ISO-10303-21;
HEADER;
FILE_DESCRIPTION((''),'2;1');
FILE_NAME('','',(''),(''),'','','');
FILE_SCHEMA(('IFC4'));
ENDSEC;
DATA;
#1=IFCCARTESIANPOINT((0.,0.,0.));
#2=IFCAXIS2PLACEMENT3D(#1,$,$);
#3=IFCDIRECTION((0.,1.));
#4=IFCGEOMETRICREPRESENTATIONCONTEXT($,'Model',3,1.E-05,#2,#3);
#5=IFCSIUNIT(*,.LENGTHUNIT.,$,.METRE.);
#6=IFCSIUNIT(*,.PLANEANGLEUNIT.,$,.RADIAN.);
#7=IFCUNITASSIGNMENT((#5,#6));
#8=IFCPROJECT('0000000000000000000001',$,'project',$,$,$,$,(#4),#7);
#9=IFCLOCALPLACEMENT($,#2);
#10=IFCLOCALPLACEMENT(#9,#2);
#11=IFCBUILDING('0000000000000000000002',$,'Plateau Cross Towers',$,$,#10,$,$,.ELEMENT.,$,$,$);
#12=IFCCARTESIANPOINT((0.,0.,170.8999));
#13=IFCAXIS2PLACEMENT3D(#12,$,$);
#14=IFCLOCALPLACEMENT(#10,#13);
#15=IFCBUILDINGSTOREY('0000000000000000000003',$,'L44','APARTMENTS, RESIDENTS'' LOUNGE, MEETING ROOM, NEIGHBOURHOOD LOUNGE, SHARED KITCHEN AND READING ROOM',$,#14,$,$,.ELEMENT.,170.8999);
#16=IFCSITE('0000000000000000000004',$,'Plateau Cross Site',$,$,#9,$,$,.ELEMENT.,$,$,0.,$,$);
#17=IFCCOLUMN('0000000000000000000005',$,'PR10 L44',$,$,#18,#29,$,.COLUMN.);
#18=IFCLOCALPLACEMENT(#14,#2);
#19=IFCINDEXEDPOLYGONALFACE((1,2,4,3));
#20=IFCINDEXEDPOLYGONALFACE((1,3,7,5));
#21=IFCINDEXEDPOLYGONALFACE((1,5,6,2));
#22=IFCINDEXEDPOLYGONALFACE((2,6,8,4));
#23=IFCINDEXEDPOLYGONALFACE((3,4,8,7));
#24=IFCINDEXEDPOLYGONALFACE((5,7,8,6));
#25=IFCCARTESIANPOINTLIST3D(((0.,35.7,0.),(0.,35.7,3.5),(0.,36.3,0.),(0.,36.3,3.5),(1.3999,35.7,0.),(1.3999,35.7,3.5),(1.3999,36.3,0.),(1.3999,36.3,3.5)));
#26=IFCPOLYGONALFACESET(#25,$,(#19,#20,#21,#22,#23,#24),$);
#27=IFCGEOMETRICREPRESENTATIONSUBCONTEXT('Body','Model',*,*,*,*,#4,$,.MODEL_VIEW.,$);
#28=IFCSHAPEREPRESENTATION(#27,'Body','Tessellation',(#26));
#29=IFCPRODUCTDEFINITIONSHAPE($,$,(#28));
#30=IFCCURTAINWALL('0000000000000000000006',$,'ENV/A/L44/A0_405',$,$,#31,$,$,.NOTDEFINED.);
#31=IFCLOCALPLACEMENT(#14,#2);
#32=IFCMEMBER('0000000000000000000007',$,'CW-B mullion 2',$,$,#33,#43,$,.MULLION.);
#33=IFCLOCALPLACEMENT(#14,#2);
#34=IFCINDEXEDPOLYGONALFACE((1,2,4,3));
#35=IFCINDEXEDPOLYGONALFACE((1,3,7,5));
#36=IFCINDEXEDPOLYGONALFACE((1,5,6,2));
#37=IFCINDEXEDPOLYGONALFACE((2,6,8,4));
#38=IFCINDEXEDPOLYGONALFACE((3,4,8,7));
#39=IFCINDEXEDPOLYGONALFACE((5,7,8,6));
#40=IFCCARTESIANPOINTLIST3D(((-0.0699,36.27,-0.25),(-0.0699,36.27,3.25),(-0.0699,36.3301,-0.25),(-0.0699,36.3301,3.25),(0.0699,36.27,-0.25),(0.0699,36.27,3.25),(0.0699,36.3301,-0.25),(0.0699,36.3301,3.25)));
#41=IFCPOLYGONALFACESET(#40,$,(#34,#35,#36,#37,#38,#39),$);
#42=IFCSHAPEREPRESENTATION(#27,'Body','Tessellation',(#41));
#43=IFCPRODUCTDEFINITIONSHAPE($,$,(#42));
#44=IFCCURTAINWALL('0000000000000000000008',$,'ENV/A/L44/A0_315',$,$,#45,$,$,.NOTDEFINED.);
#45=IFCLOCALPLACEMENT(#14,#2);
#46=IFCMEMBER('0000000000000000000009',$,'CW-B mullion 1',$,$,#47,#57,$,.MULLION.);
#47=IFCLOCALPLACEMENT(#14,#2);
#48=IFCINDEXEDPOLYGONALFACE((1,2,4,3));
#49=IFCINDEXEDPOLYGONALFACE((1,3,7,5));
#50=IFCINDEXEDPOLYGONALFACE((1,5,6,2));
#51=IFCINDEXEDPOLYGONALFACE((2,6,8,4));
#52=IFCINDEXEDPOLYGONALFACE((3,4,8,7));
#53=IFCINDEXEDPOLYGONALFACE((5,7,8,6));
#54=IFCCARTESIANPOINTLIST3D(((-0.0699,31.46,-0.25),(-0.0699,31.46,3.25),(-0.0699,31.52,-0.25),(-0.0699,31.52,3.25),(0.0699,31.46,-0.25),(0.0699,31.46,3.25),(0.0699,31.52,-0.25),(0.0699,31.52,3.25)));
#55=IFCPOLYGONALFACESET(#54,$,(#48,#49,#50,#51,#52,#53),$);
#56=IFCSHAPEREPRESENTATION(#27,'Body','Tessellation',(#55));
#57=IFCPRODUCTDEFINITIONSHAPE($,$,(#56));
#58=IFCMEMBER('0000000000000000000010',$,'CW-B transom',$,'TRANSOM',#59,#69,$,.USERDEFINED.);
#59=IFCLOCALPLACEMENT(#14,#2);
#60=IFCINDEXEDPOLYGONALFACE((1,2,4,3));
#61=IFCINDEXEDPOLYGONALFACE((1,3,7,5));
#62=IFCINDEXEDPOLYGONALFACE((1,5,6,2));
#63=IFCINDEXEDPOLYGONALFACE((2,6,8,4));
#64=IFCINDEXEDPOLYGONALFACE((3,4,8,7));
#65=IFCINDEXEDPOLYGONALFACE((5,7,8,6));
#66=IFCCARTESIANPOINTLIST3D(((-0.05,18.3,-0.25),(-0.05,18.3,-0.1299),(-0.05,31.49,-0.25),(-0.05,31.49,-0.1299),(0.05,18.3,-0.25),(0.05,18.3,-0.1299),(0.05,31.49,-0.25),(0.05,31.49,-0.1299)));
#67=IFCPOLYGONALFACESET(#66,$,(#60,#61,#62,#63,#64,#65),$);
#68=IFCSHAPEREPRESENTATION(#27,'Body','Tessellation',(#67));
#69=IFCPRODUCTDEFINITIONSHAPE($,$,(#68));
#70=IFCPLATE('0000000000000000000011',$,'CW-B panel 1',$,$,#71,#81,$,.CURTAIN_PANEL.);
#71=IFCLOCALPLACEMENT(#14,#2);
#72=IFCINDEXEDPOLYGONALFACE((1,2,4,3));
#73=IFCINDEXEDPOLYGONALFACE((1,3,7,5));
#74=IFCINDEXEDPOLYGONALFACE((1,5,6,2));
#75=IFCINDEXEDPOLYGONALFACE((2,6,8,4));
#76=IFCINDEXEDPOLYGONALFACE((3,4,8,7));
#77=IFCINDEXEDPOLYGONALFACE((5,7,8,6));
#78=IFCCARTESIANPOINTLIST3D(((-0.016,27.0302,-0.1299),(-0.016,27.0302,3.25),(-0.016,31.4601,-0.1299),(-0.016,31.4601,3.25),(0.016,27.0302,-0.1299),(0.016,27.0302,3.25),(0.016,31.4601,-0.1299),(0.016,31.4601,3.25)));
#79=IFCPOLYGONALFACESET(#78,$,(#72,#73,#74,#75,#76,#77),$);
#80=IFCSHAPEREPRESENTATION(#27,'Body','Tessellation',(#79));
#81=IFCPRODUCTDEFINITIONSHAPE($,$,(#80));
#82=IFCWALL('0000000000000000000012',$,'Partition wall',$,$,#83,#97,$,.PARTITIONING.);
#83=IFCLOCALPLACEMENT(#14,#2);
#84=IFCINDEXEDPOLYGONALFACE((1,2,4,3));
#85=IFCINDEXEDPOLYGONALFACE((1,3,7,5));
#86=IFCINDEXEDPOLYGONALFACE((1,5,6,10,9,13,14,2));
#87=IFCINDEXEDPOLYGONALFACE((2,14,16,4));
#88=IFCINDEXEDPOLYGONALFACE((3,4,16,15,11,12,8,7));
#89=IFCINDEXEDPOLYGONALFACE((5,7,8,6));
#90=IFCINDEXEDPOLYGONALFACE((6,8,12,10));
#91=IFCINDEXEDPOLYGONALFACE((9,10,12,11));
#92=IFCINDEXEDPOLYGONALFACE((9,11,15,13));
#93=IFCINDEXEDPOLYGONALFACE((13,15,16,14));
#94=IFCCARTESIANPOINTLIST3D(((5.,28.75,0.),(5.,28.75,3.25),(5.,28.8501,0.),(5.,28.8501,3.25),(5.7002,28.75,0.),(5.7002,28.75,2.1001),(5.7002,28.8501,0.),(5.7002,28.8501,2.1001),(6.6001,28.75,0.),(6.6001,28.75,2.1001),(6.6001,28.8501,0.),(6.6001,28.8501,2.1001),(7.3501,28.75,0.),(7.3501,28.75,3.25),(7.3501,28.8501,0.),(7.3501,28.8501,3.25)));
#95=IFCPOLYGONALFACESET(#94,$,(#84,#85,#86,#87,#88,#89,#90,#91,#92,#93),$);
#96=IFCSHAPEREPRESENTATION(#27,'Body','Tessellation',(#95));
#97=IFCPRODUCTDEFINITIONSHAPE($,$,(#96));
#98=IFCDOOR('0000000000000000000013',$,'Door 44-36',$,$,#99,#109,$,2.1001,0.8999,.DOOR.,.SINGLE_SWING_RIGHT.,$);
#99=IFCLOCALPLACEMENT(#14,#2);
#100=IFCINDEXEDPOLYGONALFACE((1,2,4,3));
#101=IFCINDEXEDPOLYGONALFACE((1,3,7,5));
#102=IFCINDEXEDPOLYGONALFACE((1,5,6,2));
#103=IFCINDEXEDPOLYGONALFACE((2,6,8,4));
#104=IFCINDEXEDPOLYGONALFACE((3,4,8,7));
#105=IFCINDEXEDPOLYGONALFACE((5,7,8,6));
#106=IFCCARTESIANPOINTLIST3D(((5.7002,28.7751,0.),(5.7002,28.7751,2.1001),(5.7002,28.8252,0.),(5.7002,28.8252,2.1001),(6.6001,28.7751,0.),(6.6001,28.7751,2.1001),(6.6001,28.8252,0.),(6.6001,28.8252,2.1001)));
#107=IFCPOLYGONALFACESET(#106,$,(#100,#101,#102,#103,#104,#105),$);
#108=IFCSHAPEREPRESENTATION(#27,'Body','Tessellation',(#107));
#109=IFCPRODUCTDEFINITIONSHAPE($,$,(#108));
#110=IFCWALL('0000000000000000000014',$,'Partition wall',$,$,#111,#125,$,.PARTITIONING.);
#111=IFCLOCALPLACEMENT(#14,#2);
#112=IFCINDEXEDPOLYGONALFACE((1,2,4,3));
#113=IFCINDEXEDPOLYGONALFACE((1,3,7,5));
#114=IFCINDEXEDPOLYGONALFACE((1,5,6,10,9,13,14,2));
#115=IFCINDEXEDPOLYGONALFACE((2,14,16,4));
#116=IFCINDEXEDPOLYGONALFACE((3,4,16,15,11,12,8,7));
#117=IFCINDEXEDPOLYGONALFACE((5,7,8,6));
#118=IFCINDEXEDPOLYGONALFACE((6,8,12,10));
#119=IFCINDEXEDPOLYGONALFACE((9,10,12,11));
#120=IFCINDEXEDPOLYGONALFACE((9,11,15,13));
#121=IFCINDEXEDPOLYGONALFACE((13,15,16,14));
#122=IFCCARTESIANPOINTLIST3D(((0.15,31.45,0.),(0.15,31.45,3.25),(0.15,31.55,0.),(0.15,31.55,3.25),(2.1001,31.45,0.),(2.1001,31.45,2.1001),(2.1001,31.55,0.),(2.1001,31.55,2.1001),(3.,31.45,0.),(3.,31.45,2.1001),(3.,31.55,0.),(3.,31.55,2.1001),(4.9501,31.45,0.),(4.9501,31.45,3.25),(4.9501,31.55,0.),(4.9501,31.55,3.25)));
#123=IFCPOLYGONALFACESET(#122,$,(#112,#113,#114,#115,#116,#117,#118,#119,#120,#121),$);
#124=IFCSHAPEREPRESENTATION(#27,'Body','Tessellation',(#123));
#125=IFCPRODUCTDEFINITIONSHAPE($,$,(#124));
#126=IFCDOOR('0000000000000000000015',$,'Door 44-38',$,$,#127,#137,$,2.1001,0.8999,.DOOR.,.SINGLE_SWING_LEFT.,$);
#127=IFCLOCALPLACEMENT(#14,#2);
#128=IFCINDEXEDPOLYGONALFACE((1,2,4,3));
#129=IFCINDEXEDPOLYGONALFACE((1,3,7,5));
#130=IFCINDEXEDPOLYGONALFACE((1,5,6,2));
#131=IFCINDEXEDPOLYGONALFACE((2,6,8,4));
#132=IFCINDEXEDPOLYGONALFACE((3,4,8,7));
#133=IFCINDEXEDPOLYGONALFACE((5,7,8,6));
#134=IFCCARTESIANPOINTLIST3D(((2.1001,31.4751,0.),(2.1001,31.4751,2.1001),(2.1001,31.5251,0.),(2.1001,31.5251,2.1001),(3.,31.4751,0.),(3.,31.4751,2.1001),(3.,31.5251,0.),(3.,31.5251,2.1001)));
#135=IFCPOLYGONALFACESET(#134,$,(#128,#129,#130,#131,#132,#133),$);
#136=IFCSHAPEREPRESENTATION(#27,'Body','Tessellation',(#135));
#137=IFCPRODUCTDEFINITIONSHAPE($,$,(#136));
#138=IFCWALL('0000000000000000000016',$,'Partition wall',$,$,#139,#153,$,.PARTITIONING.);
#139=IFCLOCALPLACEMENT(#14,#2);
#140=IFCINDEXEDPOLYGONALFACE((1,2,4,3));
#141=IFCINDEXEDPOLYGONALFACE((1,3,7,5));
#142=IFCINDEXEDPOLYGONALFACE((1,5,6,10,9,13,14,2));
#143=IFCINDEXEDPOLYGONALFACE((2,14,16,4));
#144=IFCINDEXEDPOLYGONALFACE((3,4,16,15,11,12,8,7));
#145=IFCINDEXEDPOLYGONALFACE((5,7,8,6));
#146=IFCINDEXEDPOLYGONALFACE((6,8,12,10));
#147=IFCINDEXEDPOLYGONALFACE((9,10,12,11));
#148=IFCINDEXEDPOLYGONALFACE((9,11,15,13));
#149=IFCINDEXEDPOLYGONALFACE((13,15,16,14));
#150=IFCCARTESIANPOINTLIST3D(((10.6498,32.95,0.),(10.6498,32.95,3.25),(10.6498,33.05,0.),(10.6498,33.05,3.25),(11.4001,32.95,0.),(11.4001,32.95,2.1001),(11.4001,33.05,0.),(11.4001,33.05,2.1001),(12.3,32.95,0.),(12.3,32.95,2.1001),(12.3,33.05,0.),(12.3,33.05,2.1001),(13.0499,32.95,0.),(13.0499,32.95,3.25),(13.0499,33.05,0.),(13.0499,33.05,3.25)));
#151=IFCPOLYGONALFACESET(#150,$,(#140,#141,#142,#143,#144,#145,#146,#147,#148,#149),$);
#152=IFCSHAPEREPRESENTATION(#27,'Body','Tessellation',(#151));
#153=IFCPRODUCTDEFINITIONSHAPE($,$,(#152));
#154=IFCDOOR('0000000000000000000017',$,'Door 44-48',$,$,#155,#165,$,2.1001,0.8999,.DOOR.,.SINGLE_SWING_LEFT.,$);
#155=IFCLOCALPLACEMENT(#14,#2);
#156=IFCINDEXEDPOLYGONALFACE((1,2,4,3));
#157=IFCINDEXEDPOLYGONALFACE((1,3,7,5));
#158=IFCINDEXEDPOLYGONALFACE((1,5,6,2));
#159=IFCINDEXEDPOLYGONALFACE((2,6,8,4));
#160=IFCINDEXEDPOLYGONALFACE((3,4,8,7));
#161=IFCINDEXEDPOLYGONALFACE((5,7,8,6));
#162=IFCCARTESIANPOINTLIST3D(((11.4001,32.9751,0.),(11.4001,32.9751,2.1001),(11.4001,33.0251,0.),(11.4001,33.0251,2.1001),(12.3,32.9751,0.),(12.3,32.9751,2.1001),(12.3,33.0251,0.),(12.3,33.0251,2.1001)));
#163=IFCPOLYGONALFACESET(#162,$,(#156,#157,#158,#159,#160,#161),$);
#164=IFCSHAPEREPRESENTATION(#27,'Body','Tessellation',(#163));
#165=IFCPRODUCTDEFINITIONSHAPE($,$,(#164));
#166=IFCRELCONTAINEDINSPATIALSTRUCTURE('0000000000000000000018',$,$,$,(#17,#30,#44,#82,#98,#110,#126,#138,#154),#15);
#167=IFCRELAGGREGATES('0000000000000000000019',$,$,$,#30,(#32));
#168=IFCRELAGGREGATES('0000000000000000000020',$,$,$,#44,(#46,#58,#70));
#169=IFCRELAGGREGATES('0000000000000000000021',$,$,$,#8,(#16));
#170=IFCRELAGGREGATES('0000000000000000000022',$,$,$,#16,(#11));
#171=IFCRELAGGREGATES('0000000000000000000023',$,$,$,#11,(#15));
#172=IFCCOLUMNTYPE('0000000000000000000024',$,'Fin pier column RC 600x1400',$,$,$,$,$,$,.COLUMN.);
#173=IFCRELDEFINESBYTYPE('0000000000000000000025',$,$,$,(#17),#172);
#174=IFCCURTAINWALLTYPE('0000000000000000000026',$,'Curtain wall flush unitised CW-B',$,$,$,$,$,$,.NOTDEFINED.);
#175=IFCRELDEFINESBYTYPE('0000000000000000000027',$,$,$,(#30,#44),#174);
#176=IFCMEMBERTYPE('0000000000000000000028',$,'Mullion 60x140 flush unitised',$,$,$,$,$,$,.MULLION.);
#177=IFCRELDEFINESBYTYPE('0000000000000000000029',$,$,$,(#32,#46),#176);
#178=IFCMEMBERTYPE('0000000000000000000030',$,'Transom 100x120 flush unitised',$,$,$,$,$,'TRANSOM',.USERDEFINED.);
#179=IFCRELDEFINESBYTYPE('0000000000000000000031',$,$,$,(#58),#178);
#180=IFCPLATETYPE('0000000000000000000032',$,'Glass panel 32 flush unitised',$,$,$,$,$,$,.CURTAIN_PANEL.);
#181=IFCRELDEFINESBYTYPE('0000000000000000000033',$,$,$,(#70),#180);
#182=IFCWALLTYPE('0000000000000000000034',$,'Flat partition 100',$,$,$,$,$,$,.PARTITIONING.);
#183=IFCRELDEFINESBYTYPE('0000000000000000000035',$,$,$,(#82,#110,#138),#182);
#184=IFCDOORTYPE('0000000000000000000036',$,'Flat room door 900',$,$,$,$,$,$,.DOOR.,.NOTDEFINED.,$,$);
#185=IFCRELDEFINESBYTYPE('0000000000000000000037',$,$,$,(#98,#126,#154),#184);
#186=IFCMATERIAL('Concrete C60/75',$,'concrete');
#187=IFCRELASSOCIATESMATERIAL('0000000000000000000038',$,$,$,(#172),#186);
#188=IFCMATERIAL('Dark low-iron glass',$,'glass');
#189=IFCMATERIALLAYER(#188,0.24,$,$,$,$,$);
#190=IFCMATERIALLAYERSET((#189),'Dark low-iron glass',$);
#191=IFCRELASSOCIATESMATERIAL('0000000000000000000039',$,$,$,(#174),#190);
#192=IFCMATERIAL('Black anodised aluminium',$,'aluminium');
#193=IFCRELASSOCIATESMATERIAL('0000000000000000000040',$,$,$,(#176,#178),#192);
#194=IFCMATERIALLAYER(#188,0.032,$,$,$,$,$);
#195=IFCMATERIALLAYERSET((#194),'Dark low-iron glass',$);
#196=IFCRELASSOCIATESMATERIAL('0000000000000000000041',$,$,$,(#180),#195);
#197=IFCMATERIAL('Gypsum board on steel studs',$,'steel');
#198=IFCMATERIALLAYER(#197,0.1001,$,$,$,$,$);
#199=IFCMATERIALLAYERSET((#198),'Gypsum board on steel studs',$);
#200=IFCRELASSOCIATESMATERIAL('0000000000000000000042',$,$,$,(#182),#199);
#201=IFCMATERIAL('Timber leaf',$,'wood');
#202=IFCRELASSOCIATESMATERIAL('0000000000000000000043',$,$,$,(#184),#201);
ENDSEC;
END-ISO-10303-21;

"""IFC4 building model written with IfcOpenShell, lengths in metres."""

from ifc_helpers import new_model, si_unit, direction, frame, frame_2d, origin, origin_2d, place, context, subcontext, project, spatial, rectangle, extrude, material, layer, layer_set, material_profile, profile_set, type_object, element, fill, aggregate, save


model = new_model("IFC4")

# Units and contexts
model_context = context("Model", 3, precision=1e-05, world=origin(), true_north=direction((0.0, 1.0)))
body_context = subcontext(model_context, "Body", "Model", "MODEL_VIEW")
ifc_project = project(units=[si_unit("LENGTHUNIT", "METRE"), si_unit("PLANEANGLEUNIT", "RADIAN")], contexts=[model_context])

# Site, building, storey
site_placement = place(None, origin())
site = spatial("IfcSite", under=ifc_project, at=site_placement, Name="Plateau Cross Site", CompositionType="ELEMENT", RefElevation=0.0)
building_placement = place(site_placement, origin())
building = spatial("IfcBuilding", under=site, at=building_placement, Name="Plateau Cross Towers", CompositionType="ELEMENT")
storey_placement = place(building_placement, frame((0.0, 0.0, 170.8999)))
storey = spatial("IfcBuildingStorey", under=building, at=storey_placement, Name="L44", Description="APARTMENTS, RESIDENTS' LOUNGE, MEETING ROOM, NEIGHBOURHOOD LOUNGE, SHARED KITCHEN AND READING ROOM", CompositionType="ELEMENT", Elevation=170.8999)

# Column
ifc_material_1 = material(Name="Concrete C60/75", Category="concrete")
ifc_material_profile_1 = material_profile(ifc_material_1, rectangle(XDim=0.6001, YDim=1.3999, at=origin_2d()), Name="RC 600x1400")
ifc_profile_set_1 = profile_set([ifc_material_profile_1], Name="Concrete C60/75")
column_type = type_object("IfcColumnType", Name="Fin pier column RC 600x1400", PredefinedType="COLUMN", material=ifc_profile_set_1)
column_placement = place(storey_placement, frame((0.7, 36.0, 0.0), z_axis=(0.0, 0.0, 1.0), x_axis=(0.0, 1.0, 0.0)))
element("IfcColumn", 1, at=column_placement, inside=storey, type_object=column_type, Name="PR10 L44", PredefinedType="COLUMN", context=body_context, shape_type="SweptSolid", body=[
    extrude(rectangle(XDim=0.6001, YDim=1.3999, at=origin_2d()), origin(), (0.0, 0.0, 1.0), 3.5),
])

# Curtain wall, member
ifc_material_2 = material(Name="Dark low-iron glass", Category="glass")
ifc_layer_1 = layer(ifc_material_2, 0.24)
ifc_layer_set_1 = layer_set([ifc_layer_1], Name="Dark low-iron glass")
curtain_wall_type = type_object("IfcCurtainWallType", Name="Curtain wall flush unitised CW-B", PredefinedType="NOTDEFINED", material=ifc_layer_set_1)
curtain_wall_1_placement = place(storey_placement, origin())
curtain_wall_1 = element("IfcCurtainWall", 2, at=curtain_wall_1_placement, inside=storey, type_object=curtain_wall_type, Name="ENV/A/L44/A0_405", PredefinedType="NOTDEFINED")
ifc_material_3 = material(Name="Black anodised aluminium", Category="aluminium")
ifc_material_profile_2 = material_profile(ifc_material_3, rectangle(XDim=0.0601, YDim=0.1399, at=origin_2d()), Name="MULLION 60x140")
ifc_profile_set_2 = profile_set([ifc_material_profile_2], Name="Black anodised aluminium")
member_type_1 = type_object("IfcMemberType", Name="Mullion 60x140 flush unitised", PredefinedType="MULLION", material=ifc_profile_set_2)
member_1_placement = place(storey_placement, frame((0.0, 36.3, -0.25), z_axis=(0.0, 0.0, 1.0), x_axis=(0.0, -1.0, 0.0)))
member_1 = element("IfcMember", 3, at=member_1_placement, type_object=member_type_1, Name="CW-B mullion 2", PredefinedType="MULLION", context=body_context, shape_type="SweptSolid", body=[
    extrude(rectangle(XDim=0.0601, YDim=0.1399, at=origin_2d()), origin(), (0.0, 0.0, 1.0), 3.5),
])
aggregate(curtain_wall_1, [member_1])

# Curtain wall, members, plate
curtain_wall_2_placement = place(storey_placement, origin())
curtain_wall_2 = element("IfcCurtainWall", 4, at=curtain_wall_2_placement, inside=storey, type_object=curtain_wall_type, Name="ENV/A/L44/A0_315", PredefinedType="NOTDEFINED")
member_2_placement = place(storey_placement, frame((0.0, 31.49, -0.25), z_axis=(0.0, 0.0, 1.0), x_axis=(0.0, -1.0, 0.0)))
member_2 = element("IfcMember", 5, at=member_2_placement, type_object=member_type_1, Name="CW-B mullion 1", PredefinedType="MULLION", context=body_context, shape_type="SweptSolid", body=[
    extrude(rectangle(XDim=0.0601, YDim=0.1399, at=origin_2d()), origin(), (0.0, 0.0, 1.0), 3.5),
])
ifc_material_profile_3 = material_profile(ifc_material_3, rectangle(XDim=0.1001, YDim=0.1201, at=origin_2d()), Name="TRANSOM 100x120")
ifc_profile_set_3 = profile_set([ifc_material_profile_3], Name="Black anodised aluminium")
member_type_2 = type_object("IfcMemberType", Name="Transom 100x120 flush unitised", ElementType="TRANSOM", PredefinedType="USERDEFINED", material=ifc_profile_set_3)
member_3_placement = place(storey_placement, frame((0.0, 31.49, -0.1899), z_axis=(0.0, -1.0, 0.0), x_axis=(1.0, 0.0, 0.0)))
member_3 = element("IfcMember", 6, at=member_3_placement, type_object=member_type_2, Name="CW-B transom", ObjectType="TRANSOM", PredefinedType="USERDEFINED", context=body_context, shape_type="SweptSolid", body=[
    extrude(rectangle(XDim=0.1001, YDim=0.1201, at=origin_2d()), origin(), (0.0, 0.0, 1.0), 13.1899),
])
ifc_layer_2 = layer(ifc_material_2, 0.032)
ifc_layer_set_2 = layer_set([ifc_layer_2], Name="Dark low-iron glass")
plate_type = type_object("IfcPlateType", Name="Glass panel 32 flush unitised", PredefinedType="CURTAIN_PANEL", material=ifc_layer_set_2)
plate_placement = place(storey_placement, frame((0.0, 29.2451, -0.1299), z_axis=(0.0, 0.0, 1.0), x_axis=(0.0, -1.0, 0.0)))
plate = element("IfcPlate", 7, at=plate_placement, type_object=plate_type, Name="CW-B panel 1", PredefinedType="CURTAIN_PANEL", context=body_context, shape_type="SweptSolid", body=[
    extrude(rectangle(XDim=4.4299, YDim=0.032, at=origin_2d()), origin(), (0.0, 0.0, 1.0), 3.3799),
])
aggregate(curtain_wall_2, [member_2, member_3, plate])

# Walls, openings, doors
ifc_material_4 = material(Name="Gypsum board on steel studs", Category="steel")
ifc_layer_3 = layer(ifc_material_4, 0.1001)
ifc_layer_set_3 = layer_set([ifc_layer_3], Name="Gypsum board on steel studs")
wall_type_1 = type_object("IfcWallType", Name="Flat partition 100", PredefinedType="PARTITIONING", material=ifc_layer_set_3)
wall_1_placement = place(storey_placement, frame((7.3501, 28.8, 0.0), z_axis=(0.0, 0.0, 1.0), x_axis=(-1.0, 0.0, 0.0)))
wall_1 = element("IfcWall", 8, at=wall_1_placement, inside=storey, type_object=wall_type_1, Name="Partition wall", PredefinedType="PARTITIONING", context=body_context, shape_type="SweptSolid", body=[
    extrude(rectangle(XDim=2.3501, YDim=0.1001, at=frame_2d((1.175, 0.0))), origin(), (0.0, 0.0, 1.0), 3.25),
])
opening_1_placement = place(wall_1_placement, frame((0.75, 0.0, 0.0)))
opening_1 = element("IfcOpeningElement", 9, at=opening_1_placement, cuts=wall_1, PredefinedType="OPENING", context=body_context, shape_type="SweptSolid", body=[
    extrude(rectangle(XDim=0.8999, YDim=2.1001, at=frame_2d((0.45, 1.05))), frame((0.0, 0.0601, 0.0), z_axis=(0.0, -1.0, 0.0), x_axis=(1.0, 0.0, 0.0)), (0.0, 0.0, 1.0), 0.1201),
])
ifc_material_5 = material(Name="Timber leaf", Category="wood")
door_type_1 = type_object("IfcDoorType", Name="Flat room door 900", OperationType="NOTDEFINED", PredefinedType="DOOR", material=ifc_material_5)
door_1_placement = place(opening_1_placement, origin())
door_1 = element("IfcDoor", 10, at=door_1_placement, inside=storey, type_object=door_type_1, Name="Door 44-36", OperationType="SINGLE_SWING_RIGHT", OverallHeight=2.1001, OverallWidth=0.8999, PredefinedType="DOOR", context=body_context, shape_type="SweptSolid", body=[
    extrude(rectangle(XDim=0.8999, YDim=2.1001, at=frame_2d((0.45, 1.05))), frame((0.0, 0.0249, 0.0), z_axis=(0.0, -1.0, 0.0), x_axis=(1.0, 0.0, 0.0)), (0.0, 0.0, 1.0), 0.05),
])
fill(opening_1, door_1)
wall_2_placement = place(storey_placement, frame((4.95, 31.5, 0.0), z_axis=(0.0, 0.0, 1.0), x_axis=(-1.0, 0.0, 0.0)))
wall_2 = element("IfcWall", 11, at=wall_2_placement, inside=storey, type_object=wall_type_1, Name="Partition wall", PredefinedType="PARTITIONING", context=body_context, shape_type="SweptSolid", body=[
    extrude(rectangle(XDim=4.8, YDim=0.1001, at=frame_2d((2.3999, 0.0))), origin(), (0.0, 0.0, 1.0), 3.25),
])
opening_2_placement = place(wall_2_placement, frame((1.95, 0.0, 0.0)))
opening_2 = element("IfcOpeningElement", 12, at=opening_2_placement, cuts=wall_2, PredefinedType="OPENING", context=body_context, shape_type="SweptSolid", body=[
    extrude(rectangle(XDim=0.8999, YDim=2.1001, at=frame_2d((0.45, 1.05))), frame((0.0, 0.0601, 0.0), z_axis=(0.0, -1.0, 0.0), x_axis=(1.0, 0.0, 0.0)), (0.0, 0.0, 1.0), 0.1201),
])
door_2_placement = place(opening_2_placement, origin())
door_2 = element("IfcDoor", 13, at=door_2_placement, inside=storey, type_object=door_type_1, Name="Door 44-38", OperationType="SINGLE_SWING_LEFT", OverallHeight=2.1001, OverallWidth=0.8999, PredefinedType="DOOR", context=body_context, shape_type="SweptSolid", body=[
    extrude(rectangle(XDim=0.8999, YDim=2.1001, at=frame_2d((0.45, 1.05))), frame((0.0, 0.0249, 0.0), z_axis=(0.0, -1.0, 0.0), x_axis=(1.0, 0.0, 0.0)), (0.0, 0.0, 1.0), 0.05),
])
fill(opening_2, door_2)
wall_3_placement = place(storey_placement, frame((13.05, 33.0, 0.0), z_axis=(0.0, 0.0, 1.0), x_axis=(-1.0, 0.0, 0.0)))
wall_3 = element("IfcWall", 14, at=wall_3_placement, inside=storey, type_object=wall_type_1, Name="Partition wall", PredefinedType="PARTITIONING", context=body_context, shape_type="SweptSolid", body=[
    extrude(rectangle(XDim=2.4001, YDim=0.1001, at=frame_2d((1.2002, 0.0))), origin(), (0.0, 0.0, 1.0), 3.25),
])
opening_3_placement = place(wall_3_placement, frame((0.75, 0.0, 0.0)))
opening_3 = element("IfcOpeningElement", 15, at=opening_3_placement, cuts=wall_3, PredefinedType="OPENING", context=body_context, shape_type="SweptSolid", body=[
    extrude(rectangle(XDim=0.8999, YDim=2.1001, at=frame_2d((0.45, 1.05))), frame((0.0, 0.0601, 0.0), z_axis=(0.0, -1.0, 0.0), x_axis=(1.0, 0.0, 0.0)), (0.0, 0.0, 1.0), 0.1201),
])
door_3_placement = place(opening_3_placement, origin())
door_3 = element("IfcDoor", 16, at=door_3_placement, inside=storey, type_object=door_type_1, Name="Door 44-48", OperationType="SINGLE_SWING_LEFT", OverallHeight=2.1001, OverallWidth=0.8999, PredefinedType="DOOR", context=body_context, shape_type="SweptSolid", body=[
    extrude(rectangle(XDim=0.8999, YDim=2.1001, at=frame_2d((0.45, 1.05))), frame((0.0, 0.0249, 0.0), z_axis=(0.0, -1.0, 0.0), x_axis=(1.0, 0.0, 0.0)), (0.0, 0.0, 1.0), 0.05),
])
fill(opening_3, door_3)

save(model, "model.ifc")
